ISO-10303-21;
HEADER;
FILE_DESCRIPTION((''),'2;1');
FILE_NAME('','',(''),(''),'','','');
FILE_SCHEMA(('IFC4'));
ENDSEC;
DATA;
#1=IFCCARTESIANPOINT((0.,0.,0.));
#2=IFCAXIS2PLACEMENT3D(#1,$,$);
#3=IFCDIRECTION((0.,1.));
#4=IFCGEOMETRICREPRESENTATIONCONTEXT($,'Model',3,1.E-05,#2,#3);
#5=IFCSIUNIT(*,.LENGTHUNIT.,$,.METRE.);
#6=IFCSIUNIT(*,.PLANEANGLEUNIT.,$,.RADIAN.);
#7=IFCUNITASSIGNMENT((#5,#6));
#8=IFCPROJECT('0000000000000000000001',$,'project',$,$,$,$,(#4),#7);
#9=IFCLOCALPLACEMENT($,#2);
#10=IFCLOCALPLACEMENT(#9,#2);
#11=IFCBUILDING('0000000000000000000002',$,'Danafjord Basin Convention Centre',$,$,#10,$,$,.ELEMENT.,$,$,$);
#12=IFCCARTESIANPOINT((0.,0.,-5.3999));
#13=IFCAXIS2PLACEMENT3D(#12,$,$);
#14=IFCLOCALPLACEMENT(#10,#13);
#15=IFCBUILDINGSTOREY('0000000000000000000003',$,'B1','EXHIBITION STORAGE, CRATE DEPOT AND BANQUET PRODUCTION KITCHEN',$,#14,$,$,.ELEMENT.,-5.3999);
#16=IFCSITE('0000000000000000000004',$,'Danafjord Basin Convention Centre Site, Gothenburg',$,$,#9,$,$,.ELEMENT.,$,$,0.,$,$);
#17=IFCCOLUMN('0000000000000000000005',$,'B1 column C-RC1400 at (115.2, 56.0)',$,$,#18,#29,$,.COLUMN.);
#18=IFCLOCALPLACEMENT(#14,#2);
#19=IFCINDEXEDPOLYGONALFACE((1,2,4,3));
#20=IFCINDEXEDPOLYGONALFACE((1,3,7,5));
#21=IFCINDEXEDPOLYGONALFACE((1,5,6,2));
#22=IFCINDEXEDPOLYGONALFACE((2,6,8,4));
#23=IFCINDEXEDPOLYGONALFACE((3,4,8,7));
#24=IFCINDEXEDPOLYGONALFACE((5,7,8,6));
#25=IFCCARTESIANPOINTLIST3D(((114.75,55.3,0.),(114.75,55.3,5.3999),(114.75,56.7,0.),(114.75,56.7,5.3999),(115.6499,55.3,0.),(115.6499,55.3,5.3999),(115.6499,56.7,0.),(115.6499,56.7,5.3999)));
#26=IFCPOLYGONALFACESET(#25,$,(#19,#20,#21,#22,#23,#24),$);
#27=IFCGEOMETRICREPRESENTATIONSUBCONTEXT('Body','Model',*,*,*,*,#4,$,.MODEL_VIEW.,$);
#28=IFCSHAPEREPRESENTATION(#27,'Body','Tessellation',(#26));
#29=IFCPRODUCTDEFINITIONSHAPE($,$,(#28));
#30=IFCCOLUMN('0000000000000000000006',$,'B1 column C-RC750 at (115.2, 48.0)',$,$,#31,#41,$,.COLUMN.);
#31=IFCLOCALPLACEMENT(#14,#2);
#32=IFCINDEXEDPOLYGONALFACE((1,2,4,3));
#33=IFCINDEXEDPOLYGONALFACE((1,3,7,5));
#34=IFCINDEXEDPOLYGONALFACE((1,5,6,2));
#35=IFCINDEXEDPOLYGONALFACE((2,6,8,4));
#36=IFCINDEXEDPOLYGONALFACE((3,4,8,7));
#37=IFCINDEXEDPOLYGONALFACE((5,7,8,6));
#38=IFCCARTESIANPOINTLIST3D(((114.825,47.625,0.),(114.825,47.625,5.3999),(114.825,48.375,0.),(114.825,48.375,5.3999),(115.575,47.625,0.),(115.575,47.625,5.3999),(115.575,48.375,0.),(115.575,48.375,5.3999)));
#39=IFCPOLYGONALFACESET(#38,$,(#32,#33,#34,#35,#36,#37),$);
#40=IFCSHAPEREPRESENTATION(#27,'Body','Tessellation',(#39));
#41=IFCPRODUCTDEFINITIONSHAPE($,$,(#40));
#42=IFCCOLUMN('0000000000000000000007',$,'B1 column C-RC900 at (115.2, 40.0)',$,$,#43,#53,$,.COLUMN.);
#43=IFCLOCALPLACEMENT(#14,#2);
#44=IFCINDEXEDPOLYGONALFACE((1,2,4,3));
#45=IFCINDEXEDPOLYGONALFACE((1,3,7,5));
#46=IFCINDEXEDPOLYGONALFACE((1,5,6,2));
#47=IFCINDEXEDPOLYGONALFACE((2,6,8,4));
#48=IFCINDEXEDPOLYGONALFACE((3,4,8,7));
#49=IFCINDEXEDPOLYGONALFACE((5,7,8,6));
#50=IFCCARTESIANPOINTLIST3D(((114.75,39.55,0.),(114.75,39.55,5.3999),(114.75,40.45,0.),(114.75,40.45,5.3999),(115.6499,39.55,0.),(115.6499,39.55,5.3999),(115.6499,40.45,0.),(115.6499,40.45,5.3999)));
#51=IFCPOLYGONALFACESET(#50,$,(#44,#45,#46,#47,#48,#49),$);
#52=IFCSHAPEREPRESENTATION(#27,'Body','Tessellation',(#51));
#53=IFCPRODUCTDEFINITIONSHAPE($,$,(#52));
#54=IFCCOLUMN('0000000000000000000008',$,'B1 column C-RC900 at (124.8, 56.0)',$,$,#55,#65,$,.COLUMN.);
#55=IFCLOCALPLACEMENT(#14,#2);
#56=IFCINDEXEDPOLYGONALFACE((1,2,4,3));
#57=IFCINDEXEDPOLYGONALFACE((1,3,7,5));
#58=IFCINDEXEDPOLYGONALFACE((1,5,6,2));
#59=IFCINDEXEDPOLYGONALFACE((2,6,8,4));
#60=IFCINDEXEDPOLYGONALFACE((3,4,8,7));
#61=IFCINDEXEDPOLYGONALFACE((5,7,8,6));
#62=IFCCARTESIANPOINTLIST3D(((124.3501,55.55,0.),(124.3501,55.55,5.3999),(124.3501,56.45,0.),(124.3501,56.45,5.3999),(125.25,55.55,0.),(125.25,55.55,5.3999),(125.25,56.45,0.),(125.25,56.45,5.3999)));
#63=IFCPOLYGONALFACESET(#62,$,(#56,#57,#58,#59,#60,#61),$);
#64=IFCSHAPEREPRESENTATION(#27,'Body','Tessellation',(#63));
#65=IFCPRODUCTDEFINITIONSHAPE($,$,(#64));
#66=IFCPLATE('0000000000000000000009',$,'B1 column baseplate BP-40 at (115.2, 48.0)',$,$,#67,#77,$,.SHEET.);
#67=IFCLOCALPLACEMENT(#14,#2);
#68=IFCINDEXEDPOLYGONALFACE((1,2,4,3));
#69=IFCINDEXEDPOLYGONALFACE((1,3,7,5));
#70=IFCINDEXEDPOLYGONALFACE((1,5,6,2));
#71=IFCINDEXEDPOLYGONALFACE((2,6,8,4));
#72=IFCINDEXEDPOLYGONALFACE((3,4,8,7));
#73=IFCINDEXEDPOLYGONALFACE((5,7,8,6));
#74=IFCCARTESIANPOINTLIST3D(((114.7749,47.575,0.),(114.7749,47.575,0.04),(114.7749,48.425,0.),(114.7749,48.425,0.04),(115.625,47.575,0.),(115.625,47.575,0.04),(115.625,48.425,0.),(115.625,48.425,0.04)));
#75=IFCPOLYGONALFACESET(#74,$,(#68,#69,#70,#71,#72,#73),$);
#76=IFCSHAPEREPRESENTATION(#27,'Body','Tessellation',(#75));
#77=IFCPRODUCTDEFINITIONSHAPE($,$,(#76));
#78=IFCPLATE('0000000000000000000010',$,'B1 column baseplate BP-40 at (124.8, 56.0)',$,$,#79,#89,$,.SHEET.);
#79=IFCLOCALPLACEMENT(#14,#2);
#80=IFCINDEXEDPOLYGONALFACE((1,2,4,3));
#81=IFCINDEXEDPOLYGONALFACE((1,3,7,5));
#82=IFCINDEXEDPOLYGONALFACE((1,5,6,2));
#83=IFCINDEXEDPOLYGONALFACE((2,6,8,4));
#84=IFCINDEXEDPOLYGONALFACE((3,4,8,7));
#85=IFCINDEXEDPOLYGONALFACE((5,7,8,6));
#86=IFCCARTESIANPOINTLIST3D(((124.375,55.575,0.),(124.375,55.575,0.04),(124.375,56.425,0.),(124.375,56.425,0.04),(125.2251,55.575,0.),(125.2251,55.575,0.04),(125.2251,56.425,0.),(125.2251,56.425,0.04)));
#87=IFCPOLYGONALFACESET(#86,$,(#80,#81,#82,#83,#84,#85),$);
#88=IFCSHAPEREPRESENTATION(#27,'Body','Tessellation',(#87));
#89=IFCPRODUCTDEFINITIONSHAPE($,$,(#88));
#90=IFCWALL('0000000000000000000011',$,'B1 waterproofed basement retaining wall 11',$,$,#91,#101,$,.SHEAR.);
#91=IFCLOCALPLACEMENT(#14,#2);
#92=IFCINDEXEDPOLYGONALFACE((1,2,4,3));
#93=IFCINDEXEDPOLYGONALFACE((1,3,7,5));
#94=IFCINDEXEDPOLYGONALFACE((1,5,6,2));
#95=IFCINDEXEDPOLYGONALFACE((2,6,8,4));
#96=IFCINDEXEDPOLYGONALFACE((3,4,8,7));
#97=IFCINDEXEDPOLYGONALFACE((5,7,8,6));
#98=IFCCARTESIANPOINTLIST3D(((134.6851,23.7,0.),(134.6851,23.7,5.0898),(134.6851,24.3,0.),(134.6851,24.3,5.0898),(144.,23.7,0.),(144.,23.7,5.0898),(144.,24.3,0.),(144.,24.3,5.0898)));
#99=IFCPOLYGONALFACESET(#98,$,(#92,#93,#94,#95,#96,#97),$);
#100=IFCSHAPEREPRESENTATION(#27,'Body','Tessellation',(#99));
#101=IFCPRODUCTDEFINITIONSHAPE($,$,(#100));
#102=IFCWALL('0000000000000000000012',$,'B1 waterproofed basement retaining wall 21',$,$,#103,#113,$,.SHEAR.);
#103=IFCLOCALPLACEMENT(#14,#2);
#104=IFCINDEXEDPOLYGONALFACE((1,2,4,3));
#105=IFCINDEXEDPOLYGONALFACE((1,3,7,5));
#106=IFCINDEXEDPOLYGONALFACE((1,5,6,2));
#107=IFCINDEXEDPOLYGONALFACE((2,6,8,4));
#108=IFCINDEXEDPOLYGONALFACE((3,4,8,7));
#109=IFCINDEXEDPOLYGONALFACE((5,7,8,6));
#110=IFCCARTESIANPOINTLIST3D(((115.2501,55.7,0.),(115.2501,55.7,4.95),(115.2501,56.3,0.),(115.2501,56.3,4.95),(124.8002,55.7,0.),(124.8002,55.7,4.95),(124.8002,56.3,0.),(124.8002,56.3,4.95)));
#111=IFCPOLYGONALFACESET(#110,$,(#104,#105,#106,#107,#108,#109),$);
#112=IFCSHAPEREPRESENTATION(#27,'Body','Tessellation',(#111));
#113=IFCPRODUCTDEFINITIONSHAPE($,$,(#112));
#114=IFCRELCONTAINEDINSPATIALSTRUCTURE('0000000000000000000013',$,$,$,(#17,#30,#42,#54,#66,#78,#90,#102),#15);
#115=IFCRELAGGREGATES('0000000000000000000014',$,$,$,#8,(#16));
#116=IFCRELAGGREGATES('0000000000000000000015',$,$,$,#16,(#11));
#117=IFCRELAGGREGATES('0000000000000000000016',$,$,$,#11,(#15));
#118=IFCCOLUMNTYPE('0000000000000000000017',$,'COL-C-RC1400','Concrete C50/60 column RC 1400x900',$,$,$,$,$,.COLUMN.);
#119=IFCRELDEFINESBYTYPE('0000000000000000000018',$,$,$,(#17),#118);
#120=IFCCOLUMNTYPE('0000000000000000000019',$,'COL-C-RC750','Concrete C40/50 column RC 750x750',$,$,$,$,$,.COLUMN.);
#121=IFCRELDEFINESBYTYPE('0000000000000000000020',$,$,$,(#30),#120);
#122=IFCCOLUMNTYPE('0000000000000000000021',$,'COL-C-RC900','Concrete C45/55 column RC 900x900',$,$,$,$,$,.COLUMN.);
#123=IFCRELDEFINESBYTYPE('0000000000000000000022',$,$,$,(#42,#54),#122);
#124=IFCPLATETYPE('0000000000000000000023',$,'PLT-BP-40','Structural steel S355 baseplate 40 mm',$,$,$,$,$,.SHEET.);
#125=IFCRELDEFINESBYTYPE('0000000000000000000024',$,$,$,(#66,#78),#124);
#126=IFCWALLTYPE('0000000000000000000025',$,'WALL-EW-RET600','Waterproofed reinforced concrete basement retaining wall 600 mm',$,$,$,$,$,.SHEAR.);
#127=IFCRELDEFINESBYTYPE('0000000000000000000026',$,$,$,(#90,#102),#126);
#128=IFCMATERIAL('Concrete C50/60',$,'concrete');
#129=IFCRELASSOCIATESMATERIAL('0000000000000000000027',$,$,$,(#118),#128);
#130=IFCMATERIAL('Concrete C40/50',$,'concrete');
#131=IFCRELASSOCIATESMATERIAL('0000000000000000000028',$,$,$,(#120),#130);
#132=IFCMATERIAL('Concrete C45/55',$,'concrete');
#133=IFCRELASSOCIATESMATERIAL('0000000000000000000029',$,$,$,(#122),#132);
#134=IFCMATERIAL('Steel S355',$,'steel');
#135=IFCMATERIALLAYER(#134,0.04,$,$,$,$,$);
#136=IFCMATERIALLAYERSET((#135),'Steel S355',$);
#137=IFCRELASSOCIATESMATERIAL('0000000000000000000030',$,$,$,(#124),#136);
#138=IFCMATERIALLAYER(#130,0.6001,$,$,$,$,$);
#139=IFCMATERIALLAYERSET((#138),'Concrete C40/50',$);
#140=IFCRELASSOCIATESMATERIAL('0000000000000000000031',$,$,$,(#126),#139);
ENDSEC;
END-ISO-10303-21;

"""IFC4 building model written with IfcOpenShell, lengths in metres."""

from ifc_helpers import new_model, si_unit, direction, frame, frame_2d, origin, origin_2d, place, context, subcontext, project, spatial, rectangle, extrude, material, layer, layer_set, material_profile, profile_set, type_object, element, save


model = new_model("IFC4")

# Units and contexts
model_context = context("Model", 3, precision=1e-05, world=origin(), true_north=direction((0.0, 1.0)))
body_context = subcontext(model_context, "Body", "Model", "MODEL_VIEW")
ifc_project = project(units=[si_unit("LENGTHUNIT", "METRE"), si_unit("PLANEANGLEUNIT", "RADIAN")], contexts=[model_context])

# Site, building, storey
site_placement = place(None, origin())
site = spatial("IfcSite", under=ifc_project, at=site_placement, Name="Danafjord Basin Convention Centre Site, Gothenburg", CompositionType="ELEMENT", RefElevation=0.0)
building_placement = place(site_placement, origin())
building = spatial("IfcBuilding", under=site, at=building_placement, Name="Danafjord Basin Convention Centre", CompositionType="ELEMENT")
storey_placement = place(building_placement, frame((0.0, 0.0, -5.3999)))
storey = spatial("IfcBuildingStorey", under=building, at=storey_placement, Name="B1", Description="EXHIBITION STORAGE, CRATE DEPOT AND BANQUET PRODUCTION KITCHEN", CompositionType="ELEMENT", Elevation=-5.3999)

# Shared definitions
ifc_material_1 = material(Name="Concrete C40/50", Category="concrete")

# Columns
ifc_material_2 = material(Name="Concrete C45/55", Category="concrete")
ifc_material_3 = material(Name="Concrete C50/60", Category="concrete")
ifc_material_profile_1 = material_profile(ifc_material_3, rectangle(XDim=0.8999, YDim=1.3999, at=origin_2d()), Name="RC 1400x900")
ifc_profile_set_1 = profile_set([ifc_material_profile_1], Name="Concrete C50/60")
column_type_1 = type_object("IfcColumnType", Name="COL-C-RC1400", Description="Concrete C50/60 column RC 1400x900", PredefinedType="COLUMN", material=ifc_profile_set_1)
column_1_placement = place(storey_placement, frame((115.2, 56.0, 0.0), z_axis=(0.0, 0.0, 1.0), x_axis=(1.0, 0.0, 0.0)))
element("IfcColumn", 1, at=column_1_placement, inside=storey, type_object=column_type_1, Name="B1 column C-RC1400 at (115.2, 56.0)", PredefinedType="COLUMN", context=body_context, shape_type="SweptSolid", body=[
    extrude(rectangle(XDim=0.8999, YDim=1.3999, at=origin_2d()), origin(), (0.0, 0.0, 1.0), 5.3999),
])
ifc_material_profile_2 = material_profile(ifc_material_1, rectangle(XDim=0.75, YDim=0.75, at=origin_2d()), Name="RC 750x750")
ifc_profile_set_2 = profile_set([ifc_material_profile_2], Name="Concrete C40/50")
column_type_2 = type_object("IfcColumnType", Name="COL-C-RC750", Description="Concrete C40/50 column RC 750x750", PredefinedType="COLUMN", material=ifc_profile_set_2)
column_2_placement = place(storey_placement, frame((115.2, 48.0, 0.0), z_axis=(0.0, 0.0, 1.0), x_axis=(1.0, 0.0, 0.0)))
element("IfcColumn", 2, at=column_2_placement, inside=storey, type_object=column_type_2, Name="B1 column C-RC750 at (115.2, 48.0)", PredefinedType="COLUMN", context=body_context, shape_type="SweptSolid", body=[
    extrude(rectangle(XDim=0.75, YDim=0.75, at=origin_2d()), origin(), (0.0, 0.0, 1.0), 5.3999),
])
ifc_material_profile_3 = material_profile(ifc_material_2, rectangle(XDim=0.8999, YDim=0.8999, at=origin_2d()), Name="RC 900x900")
ifc_profile_set_3 = profile_set([ifc_material_profile_3], Name="Concrete C45/55")
column_type_3 = type_object("IfcColumnType", Name="COL-C-RC900", Description="Concrete C45/55 column RC 900x900", PredefinedType="COLUMN", material=ifc_profile_set_3)
for number, where, z_axis, x_axis, name in (
    (3, (115.2, 40.0, 0.0), (0.0, 0.0, 1.0), (1.0, 0.0, 0.0), "B1 column C-RC900 at (115.2, 40.0)"),
    (4, (124.8, 56.0, 0.0), (0.0, 0.0, 1.0), (1.0, 0.0, 0.0), "B1 column C-RC900 at (124.8, 56.0)"),
):
    element("IfcColumn", number, at=place(storey_placement, frame(where, z_axis=z_axis, x_axis=x_axis)), inside=storey, type_object=column_type_3, Name=name, PredefinedType="COLUMN", context=body_context, shape_type="SweptSolid", body=[
        extrude(rectangle(XDim=0.8999, YDim=0.8999, at=origin_2d()), origin(), (0.0, 0.0, 1.0), 5.3999),
    ])

# Plates
ifc_material_4 = material(Name="Steel S355", Category="steel")
ifc_layer_1 = layer(ifc_material_4, 0.04)
ifc_layer_set_1 = layer_set([ifc_layer_1], Name="Steel S355")
plate_type = type_object("IfcPlateType", Name="PLT-BP-40", Description="Structural steel S355 baseplate 40 mm", PredefinedType="SHEET", material=ifc_layer_set_1)
for number, where, z_axis, x_axis, name in (
    (5, (115.2, 48.0, 0.0), (0.0, 0.0, 1.0), (1.0, 0.0, 0.0), "B1 column baseplate BP-40 at (115.2, 48.0)"),
    (6, (124.8, 56.0, 0.0), (0.0, 0.0, 1.0), (1.0, 0.0, 0.0), "B1 column baseplate BP-40 at (124.8, 56.0)"),
):
    element("IfcPlate", number, at=place(storey_placement, frame(where, z_axis=z_axis, x_axis=x_axis)), inside=storey, type_object=plate_type, Name=name, PredefinedType="SHEET", context=body_context, shape_type="SweptSolid", body=[
        extrude(rectangle(XDim=0.8501, YDim=0.8501, at=origin_2d()), origin(), (0.0, 0.0, 1.0), 0.04),
    ])

# Walls
ifc_layer_2 = layer(ifc_material_1, 0.6001)
ifc_layer_set_2 = layer_set([ifc_layer_2], Name="Concrete C40/50")
wall_type = type_object("IfcWallType", Name="WALL-EW-RET600", Description="Waterproofed reinforced concrete basement retaining wall 600 mm", PredefinedType="SHEAR", material=ifc_layer_set_2)
wall_1_placement = place(storey_placement, frame((134.6851, 24.0, 0.0), z_axis=(0.0, 0.0, 1.0), x_axis=(1.0, 0.0, 0.0)))
element("IfcWall", 7, at=wall_1_placement, inside=storey, type_object=wall_type, Name="B1 waterproofed basement retaining wall 11", PredefinedType="SHEAR", context=body_context, shape_type="SweptSolid", body=[
    extrude(rectangle(XDim=9.3149, YDim=0.6001, at=frame_2d((4.6575, 0.0))), origin(), (0.0, 0.0, 1.0), 5.0898),
])
wall_2_placement = place(storey_placement, frame((124.8, 56.0, 0.0), z_axis=(0.0, 0.0, 1.0), x_axis=(-1.0, 0.0, 0.0)))
element("IfcWall", 8, at=wall_2_placement, inside=storey, type_object=wall_type, Name="B1 waterproofed basement retaining wall 21", PredefinedType="SHEAR", context=body_context, shape_type="SweptSolid", body=[
    extrude(rectangle(XDim=9.55, YDim=0.6001, at=frame_2d((4.7749, 0.0))), origin(), (0.0, 0.0, 1.0), 4.95),
])

save(model, "model.ifc")
